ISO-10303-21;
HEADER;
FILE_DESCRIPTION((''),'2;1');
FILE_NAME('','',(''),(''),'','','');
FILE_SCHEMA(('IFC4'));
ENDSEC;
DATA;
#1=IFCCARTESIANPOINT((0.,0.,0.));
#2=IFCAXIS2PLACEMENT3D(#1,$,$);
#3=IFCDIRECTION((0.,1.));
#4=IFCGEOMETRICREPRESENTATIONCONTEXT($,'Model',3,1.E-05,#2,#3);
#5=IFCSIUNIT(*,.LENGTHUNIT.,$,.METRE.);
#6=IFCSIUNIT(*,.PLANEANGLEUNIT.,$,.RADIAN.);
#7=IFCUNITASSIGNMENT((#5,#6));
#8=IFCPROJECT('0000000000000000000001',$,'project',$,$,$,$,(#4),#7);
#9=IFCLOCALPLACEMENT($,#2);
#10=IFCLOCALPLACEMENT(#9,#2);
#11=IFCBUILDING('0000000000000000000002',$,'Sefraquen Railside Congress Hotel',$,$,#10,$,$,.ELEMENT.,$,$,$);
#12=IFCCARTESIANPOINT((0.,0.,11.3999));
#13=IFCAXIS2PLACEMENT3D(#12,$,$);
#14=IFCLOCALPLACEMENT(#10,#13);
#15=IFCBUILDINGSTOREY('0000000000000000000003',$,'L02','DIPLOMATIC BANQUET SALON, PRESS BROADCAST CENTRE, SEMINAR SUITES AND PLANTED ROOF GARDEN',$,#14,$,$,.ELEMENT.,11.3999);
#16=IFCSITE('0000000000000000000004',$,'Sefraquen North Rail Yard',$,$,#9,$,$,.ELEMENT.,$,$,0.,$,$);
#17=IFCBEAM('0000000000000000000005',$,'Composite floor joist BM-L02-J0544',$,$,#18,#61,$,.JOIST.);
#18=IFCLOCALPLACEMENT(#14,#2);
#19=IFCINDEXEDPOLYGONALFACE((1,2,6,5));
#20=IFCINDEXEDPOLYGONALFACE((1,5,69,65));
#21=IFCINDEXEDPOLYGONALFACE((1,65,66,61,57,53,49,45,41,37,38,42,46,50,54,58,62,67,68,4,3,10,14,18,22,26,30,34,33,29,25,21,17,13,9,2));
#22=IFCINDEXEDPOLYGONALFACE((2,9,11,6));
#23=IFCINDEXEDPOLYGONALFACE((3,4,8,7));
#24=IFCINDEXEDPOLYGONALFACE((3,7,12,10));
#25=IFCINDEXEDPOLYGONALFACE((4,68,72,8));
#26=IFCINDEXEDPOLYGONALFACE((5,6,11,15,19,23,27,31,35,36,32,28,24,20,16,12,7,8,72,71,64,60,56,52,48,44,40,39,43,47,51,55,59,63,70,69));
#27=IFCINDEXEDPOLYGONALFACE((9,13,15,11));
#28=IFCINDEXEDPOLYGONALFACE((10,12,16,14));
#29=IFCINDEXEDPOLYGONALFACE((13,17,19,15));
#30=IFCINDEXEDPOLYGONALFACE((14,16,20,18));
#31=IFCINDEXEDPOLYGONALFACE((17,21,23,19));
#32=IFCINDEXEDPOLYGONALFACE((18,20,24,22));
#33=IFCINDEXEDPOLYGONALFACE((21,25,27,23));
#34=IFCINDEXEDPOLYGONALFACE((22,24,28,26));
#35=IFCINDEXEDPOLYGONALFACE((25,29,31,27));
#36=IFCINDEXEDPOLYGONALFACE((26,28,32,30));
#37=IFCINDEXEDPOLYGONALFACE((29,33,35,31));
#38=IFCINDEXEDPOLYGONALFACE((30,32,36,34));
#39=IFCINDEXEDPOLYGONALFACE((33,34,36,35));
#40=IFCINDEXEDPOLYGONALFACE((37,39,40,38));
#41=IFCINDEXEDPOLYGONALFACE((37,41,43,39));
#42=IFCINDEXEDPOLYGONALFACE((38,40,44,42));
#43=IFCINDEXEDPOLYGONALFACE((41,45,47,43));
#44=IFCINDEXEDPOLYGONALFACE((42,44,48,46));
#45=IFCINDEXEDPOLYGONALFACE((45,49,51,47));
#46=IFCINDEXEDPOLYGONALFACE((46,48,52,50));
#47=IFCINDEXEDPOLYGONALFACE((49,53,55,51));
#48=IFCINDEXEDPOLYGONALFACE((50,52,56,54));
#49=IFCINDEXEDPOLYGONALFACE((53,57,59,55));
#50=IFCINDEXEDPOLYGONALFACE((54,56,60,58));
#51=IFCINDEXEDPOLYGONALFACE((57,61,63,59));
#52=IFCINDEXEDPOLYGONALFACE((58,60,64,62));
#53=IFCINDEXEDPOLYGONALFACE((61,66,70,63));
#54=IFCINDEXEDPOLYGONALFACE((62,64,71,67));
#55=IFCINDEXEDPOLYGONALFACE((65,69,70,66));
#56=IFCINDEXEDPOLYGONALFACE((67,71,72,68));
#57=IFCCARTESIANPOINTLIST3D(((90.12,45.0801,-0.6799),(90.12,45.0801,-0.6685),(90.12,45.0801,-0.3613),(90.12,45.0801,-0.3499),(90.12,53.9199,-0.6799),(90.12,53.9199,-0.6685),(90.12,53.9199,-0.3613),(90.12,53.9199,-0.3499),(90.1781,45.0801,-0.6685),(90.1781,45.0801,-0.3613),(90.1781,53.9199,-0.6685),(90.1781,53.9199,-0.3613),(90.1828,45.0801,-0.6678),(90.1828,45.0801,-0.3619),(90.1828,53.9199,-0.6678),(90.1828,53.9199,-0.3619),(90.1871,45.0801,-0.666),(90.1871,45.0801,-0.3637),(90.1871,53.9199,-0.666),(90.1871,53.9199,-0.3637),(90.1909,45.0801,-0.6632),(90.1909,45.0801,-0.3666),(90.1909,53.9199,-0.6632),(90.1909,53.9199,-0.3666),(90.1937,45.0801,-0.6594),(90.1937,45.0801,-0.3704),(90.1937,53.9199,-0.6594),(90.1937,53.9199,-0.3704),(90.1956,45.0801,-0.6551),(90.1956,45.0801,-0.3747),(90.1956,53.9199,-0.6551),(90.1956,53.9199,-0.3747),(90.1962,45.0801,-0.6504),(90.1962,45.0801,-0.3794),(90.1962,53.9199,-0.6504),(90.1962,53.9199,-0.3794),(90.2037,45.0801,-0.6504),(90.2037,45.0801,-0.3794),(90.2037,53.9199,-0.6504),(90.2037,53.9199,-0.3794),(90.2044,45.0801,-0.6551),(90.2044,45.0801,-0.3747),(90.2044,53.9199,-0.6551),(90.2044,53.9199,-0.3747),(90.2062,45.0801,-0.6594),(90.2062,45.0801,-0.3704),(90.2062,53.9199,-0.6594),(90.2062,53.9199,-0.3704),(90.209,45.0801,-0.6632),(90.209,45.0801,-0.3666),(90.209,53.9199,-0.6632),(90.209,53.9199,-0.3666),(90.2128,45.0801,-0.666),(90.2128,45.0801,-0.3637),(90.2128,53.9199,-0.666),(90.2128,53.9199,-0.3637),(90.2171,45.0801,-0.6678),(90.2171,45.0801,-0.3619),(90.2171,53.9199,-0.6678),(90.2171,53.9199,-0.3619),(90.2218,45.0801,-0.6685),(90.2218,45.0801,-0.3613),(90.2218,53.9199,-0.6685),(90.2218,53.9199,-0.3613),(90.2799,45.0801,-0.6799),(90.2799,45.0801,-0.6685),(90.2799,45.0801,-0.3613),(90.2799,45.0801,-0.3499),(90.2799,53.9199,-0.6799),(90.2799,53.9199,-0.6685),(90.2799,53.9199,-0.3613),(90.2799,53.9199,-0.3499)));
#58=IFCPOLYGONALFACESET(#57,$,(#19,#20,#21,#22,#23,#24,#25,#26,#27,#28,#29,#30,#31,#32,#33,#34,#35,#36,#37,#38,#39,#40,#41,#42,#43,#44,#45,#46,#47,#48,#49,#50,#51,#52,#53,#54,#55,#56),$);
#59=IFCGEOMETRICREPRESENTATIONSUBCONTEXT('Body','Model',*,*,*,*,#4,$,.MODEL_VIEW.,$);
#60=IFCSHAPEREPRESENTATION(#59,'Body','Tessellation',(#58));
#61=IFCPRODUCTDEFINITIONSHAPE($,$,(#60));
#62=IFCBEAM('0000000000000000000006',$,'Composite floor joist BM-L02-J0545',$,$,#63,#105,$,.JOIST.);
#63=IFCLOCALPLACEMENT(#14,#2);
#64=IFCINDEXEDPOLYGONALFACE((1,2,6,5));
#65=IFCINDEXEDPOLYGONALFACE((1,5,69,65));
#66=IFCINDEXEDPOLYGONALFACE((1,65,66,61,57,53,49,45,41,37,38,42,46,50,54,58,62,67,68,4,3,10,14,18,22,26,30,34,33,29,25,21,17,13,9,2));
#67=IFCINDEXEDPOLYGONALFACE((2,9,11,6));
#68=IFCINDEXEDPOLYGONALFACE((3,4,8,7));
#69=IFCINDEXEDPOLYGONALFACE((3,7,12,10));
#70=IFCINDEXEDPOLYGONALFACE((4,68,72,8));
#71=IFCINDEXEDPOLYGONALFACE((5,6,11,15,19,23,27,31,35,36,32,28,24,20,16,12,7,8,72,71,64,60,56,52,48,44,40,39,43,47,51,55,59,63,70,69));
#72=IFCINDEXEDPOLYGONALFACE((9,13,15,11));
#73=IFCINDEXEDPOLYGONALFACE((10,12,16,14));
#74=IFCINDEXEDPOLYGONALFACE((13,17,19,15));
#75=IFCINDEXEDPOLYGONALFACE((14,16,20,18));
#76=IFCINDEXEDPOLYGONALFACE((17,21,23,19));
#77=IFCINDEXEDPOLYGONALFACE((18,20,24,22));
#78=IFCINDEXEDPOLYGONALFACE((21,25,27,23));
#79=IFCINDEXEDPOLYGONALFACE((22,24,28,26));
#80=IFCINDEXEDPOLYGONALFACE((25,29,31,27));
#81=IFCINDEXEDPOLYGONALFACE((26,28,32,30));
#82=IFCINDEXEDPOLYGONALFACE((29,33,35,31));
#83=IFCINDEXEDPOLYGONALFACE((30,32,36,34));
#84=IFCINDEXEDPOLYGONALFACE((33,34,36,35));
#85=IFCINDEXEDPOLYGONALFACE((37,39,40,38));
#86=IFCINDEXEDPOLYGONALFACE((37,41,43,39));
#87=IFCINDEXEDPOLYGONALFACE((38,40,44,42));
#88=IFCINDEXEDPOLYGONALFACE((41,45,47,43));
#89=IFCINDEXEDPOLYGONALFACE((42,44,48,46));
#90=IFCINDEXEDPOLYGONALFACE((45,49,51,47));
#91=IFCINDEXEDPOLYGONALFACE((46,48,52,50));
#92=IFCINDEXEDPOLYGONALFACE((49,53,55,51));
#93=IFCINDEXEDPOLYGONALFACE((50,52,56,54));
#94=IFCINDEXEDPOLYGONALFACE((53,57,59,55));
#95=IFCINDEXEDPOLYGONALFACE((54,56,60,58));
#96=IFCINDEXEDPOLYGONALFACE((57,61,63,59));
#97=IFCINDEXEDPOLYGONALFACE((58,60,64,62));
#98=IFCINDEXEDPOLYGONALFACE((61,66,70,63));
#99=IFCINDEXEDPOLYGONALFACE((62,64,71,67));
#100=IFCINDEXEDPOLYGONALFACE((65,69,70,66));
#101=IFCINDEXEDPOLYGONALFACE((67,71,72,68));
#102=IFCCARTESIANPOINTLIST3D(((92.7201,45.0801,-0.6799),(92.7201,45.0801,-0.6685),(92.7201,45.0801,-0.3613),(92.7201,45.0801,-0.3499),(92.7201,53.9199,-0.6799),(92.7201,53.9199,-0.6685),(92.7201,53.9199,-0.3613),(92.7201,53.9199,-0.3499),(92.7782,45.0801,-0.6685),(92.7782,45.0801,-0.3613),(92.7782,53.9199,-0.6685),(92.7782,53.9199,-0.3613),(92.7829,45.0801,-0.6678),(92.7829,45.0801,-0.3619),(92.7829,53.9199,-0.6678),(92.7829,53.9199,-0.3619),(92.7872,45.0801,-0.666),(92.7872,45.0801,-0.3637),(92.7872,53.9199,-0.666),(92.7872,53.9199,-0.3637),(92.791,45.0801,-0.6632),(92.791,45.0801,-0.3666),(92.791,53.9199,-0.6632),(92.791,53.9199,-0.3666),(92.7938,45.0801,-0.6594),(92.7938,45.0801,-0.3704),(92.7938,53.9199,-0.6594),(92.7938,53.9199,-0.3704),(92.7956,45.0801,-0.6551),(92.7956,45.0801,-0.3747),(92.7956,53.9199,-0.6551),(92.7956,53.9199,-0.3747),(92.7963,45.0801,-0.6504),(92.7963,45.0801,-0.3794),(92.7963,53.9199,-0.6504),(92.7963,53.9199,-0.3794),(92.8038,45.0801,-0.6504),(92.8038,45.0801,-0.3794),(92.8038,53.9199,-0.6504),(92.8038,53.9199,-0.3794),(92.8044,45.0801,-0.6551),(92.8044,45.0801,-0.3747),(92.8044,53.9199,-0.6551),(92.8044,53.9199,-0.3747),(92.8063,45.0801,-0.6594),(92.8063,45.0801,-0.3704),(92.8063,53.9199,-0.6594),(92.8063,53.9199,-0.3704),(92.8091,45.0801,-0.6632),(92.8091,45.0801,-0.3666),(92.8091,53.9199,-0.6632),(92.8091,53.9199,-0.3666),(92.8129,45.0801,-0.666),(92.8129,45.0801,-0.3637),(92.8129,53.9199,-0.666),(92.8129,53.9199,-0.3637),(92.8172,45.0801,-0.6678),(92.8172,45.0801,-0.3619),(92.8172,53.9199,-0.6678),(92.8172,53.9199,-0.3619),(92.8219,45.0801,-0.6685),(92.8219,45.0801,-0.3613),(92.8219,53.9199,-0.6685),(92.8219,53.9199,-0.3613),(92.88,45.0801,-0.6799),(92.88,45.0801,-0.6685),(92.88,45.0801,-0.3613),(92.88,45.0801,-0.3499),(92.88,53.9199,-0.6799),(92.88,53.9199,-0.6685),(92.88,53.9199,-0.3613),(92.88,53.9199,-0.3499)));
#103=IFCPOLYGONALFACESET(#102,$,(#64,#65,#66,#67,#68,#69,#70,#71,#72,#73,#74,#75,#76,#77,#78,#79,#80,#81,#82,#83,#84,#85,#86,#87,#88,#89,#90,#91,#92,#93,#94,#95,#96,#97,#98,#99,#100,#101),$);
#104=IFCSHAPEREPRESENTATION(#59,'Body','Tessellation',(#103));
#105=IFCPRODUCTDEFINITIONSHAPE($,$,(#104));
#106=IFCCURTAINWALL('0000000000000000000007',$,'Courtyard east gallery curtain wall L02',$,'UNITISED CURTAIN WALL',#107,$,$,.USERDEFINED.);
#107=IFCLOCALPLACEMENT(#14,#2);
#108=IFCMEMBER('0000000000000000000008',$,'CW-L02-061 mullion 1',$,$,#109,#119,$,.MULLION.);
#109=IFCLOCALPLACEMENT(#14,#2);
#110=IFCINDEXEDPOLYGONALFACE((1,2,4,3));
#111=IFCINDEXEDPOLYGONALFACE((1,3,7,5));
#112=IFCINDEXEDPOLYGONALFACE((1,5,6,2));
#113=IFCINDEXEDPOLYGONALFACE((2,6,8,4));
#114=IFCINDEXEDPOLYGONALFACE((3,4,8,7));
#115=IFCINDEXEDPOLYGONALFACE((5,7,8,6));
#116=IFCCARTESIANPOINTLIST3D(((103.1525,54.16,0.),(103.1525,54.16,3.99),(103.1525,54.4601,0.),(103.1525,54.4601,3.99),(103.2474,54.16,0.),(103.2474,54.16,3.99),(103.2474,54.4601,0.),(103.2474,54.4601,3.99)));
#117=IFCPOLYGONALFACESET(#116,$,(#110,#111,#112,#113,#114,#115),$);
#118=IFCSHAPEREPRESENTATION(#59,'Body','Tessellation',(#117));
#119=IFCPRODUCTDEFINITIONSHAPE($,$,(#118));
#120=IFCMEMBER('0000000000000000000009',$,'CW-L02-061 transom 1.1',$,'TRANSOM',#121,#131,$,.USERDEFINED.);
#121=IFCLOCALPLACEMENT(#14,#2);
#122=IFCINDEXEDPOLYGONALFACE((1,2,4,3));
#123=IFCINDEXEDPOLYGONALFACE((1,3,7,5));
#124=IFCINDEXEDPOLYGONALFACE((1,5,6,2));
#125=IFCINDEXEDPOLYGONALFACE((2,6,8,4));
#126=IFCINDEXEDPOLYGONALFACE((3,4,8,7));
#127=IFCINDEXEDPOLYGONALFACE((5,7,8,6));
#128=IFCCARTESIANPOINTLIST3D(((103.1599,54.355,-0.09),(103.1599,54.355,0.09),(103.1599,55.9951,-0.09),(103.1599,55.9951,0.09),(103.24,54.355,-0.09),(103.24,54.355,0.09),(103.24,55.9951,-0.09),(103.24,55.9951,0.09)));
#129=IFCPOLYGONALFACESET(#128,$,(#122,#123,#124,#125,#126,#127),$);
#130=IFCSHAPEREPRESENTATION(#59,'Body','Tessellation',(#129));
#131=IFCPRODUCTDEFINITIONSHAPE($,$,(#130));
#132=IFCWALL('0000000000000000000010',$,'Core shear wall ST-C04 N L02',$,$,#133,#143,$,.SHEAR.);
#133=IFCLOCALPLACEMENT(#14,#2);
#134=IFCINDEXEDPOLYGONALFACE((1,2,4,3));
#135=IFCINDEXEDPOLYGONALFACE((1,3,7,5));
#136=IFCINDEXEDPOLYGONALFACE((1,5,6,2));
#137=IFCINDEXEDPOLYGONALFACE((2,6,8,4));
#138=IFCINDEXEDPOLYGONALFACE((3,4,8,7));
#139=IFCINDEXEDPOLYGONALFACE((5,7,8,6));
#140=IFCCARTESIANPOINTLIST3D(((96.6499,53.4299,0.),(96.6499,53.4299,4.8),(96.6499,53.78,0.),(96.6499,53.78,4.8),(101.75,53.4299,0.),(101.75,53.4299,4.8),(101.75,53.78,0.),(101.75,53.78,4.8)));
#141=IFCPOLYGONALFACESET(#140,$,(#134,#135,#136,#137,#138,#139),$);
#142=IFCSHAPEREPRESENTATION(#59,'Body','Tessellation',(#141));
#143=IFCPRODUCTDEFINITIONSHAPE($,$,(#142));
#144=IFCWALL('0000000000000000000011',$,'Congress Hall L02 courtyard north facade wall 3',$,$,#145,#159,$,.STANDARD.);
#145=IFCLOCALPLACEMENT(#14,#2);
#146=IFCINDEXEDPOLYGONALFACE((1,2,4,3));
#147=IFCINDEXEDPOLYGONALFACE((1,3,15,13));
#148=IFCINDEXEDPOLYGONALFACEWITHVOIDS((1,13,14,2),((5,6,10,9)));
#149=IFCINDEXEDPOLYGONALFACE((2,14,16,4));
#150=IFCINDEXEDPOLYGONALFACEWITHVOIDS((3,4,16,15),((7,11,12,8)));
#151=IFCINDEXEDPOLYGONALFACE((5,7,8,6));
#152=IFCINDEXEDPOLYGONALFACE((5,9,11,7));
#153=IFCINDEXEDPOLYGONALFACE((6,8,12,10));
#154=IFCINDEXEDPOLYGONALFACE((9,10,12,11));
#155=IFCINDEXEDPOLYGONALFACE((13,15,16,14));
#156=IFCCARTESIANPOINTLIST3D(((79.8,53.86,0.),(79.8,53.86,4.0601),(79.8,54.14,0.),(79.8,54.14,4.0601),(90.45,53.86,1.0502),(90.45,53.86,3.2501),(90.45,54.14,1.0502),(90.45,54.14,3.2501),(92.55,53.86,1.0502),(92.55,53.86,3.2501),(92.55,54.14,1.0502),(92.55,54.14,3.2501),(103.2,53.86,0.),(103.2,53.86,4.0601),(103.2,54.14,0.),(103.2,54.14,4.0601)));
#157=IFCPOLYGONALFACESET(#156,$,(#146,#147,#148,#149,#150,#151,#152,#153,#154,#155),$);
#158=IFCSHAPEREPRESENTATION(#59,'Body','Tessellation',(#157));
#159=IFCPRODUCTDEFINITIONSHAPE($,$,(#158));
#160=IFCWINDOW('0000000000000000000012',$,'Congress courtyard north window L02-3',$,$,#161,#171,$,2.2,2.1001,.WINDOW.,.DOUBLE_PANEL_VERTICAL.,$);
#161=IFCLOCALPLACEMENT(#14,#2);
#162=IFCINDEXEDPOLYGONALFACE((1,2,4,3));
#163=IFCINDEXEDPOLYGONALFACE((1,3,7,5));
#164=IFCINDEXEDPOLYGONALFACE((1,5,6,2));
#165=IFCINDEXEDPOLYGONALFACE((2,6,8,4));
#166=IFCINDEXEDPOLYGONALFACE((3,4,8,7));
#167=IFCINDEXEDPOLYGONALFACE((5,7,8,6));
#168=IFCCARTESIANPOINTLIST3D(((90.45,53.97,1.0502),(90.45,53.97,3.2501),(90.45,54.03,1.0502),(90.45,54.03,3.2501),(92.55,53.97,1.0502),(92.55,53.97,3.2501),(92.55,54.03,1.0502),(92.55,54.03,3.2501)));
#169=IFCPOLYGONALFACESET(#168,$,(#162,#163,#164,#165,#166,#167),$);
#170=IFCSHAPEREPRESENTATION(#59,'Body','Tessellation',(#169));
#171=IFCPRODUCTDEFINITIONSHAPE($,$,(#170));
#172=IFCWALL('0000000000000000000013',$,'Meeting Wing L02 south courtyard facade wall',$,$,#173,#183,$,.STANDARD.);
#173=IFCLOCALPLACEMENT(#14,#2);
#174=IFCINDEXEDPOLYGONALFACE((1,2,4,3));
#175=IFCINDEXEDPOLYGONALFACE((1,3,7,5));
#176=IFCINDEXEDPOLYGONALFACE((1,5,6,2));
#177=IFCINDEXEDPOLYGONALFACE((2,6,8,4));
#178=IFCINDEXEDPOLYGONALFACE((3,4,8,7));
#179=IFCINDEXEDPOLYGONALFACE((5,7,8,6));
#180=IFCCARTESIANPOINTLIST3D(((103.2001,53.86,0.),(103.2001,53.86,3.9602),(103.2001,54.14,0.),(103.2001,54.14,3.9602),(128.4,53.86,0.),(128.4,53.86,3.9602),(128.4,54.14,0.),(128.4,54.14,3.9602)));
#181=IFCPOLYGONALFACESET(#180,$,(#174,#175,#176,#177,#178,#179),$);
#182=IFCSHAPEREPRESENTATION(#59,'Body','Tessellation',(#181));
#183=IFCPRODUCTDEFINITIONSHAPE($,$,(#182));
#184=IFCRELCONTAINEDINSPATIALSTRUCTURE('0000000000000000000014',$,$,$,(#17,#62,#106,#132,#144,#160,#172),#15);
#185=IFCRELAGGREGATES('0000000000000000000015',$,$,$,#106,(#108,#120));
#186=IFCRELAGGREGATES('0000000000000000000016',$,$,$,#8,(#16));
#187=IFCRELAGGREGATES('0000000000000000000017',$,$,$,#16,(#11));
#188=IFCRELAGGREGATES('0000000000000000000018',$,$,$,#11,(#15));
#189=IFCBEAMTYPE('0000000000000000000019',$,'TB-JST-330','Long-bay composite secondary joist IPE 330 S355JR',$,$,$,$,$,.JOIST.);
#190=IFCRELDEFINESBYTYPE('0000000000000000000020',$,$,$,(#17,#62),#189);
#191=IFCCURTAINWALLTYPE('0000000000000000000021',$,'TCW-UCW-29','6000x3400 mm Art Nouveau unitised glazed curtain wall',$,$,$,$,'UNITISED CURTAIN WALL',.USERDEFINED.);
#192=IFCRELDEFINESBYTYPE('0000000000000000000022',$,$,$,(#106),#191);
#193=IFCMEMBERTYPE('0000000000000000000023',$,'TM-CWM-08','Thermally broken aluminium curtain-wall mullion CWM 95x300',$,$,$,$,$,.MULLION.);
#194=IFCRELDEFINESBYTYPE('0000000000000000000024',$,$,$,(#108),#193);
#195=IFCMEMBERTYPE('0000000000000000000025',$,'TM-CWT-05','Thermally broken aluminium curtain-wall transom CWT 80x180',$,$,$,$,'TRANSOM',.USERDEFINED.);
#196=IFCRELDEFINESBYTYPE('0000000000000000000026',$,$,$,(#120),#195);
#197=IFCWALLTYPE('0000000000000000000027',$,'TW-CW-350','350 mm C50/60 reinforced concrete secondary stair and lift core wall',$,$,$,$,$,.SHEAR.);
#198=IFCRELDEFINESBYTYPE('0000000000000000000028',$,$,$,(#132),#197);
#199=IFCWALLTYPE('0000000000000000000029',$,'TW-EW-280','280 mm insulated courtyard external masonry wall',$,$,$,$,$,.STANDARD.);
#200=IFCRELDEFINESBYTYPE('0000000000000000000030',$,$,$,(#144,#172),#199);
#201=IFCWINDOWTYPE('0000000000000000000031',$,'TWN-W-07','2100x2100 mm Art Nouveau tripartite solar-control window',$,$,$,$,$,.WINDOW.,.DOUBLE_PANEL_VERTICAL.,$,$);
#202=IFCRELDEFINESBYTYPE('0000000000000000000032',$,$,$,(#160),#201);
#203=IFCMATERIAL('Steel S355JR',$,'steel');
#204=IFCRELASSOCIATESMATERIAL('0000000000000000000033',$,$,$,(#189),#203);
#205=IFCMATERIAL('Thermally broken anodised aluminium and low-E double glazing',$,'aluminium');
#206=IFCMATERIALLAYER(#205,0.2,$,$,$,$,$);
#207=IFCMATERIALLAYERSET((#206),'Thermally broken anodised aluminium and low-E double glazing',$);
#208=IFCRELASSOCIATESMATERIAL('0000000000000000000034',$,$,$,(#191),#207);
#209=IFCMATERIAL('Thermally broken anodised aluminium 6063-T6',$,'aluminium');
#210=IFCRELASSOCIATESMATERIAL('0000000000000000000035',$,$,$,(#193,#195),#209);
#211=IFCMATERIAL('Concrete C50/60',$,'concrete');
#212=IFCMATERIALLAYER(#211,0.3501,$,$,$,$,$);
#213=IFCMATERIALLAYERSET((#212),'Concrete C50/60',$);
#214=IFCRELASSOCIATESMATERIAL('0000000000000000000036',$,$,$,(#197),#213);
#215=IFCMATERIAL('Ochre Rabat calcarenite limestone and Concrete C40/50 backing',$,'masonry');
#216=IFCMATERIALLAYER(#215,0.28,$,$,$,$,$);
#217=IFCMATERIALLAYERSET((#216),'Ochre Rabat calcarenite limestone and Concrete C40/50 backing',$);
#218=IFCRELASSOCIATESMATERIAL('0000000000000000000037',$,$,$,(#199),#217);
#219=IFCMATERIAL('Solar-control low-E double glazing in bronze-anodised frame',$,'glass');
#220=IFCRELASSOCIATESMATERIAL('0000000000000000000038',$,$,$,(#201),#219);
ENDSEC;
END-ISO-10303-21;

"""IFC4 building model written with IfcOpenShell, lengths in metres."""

from ifc_helpers import new_model, si_unit, direction, frame, frame_2d, origin, origin_2d, place, context, subcontext, project, spatial, rectangle, i_section, extrude, material, layer, layer_set, material_profile, profile_set, type_object, element, fill, aggregate, save


model = new_model("IFC4")

# Units and contexts
model_context = context("Model", 3, precision=1e-05, world=origin(), true_north=direction((0.0, 1.0)))
body_context = subcontext(model_context, "Body", "Model", "MODEL_VIEW")
ifc_project = project(units=[si_unit("LENGTHUNIT", "METRE"), si_unit("PLANEANGLEUNIT", "RADIAN")], contexts=[model_context])

# Site, building, storey
site_placement = place(None, origin())
site = spatial("IfcSite", under=ifc_project, at=site_placement, Name="Sefraquen North Rail Yard", CompositionType="ELEMENT", RefElevation=0.0)
building_placement = place(site_placement, origin())
building = spatial("IfcBuilding", under=site, at=building_placement, Name="Sefraquen Railside Congress Hotel", CompositionType="ELEMENT")
storey_placement = place(building_placement, frame((0.0, 0.0, 11.3999)))
storey = spatial("IfcBuildingStorey", under=building, at=storey_placement, Name="L02", Description="DIPLOMATIC BANQUET SALON, PRESS BROADCAST CENTRE, SEMINAR SUITES AND PLANTED ROOF GARDEN", CompositionType="ELEMENT", Elevation=11.3999)

# Shared definitions
ifc_material_1 = material(Name="Steel S355JR", Category="steel")

# Beams
ifc_material_profile_1 = material_profile(ifc_material_1, i_section(OverallWidth=0.1599, OverallDepth=0.3301, WebThickness=0.0076, FlangeThickness=0.0115, FilletRadius=0.0181, at=origin_2d()), Name="IPE 330")
ifc_profile_set_1 = profile_set([ifc_material_profile_1], Name="Steel S355JR")
beam_type_1 = type_object("IfcBeamType", Name="TB-JST-330", Description="Long-bay composite secondary joist IPE 330 S355JR", PredefinedType="JOIST", material=ifc_profile_set_1)
for number, where, z_axis, x_axis, name in (
    (1, (90.2, 45.0801, -0.5149), (0.0, 1.0, 0.0), (-1.0, 0.0, 0.0), "Composite floor joist BM-L02-J0544"),
    (2, (92.8, 45.0801, -0.5149), (0.0, 1.0, 0.0), (-1.0, 0.0, 0.0), "Composite floor joist BM-L02-J0545"),
):
    element("IfcBeam", number, at=place(storey_placement, frame(where, z_axis=z_axis, x_axis=x_axis)), inside=storey, type_object=beam_type_1, Name=name, PredefinedType="JOIST", context=body_context, shape_type="SweptSolid", body=[
        extrude(i_section(OverallWidth=0.1599, OverallDepth=0.3301, WebThickness=0.0076, FlangeThickness=0.0115, FilletRadius=0.0181, at=origin_2d()), origin(), (0.0, 0.0, 1.0), 8.8398),
    ])

# Curtain wall, members
ifc_material_2 = material(Name="Thermally broken anodised aluminium and low-E double glazing", Category="aluminium")
ifc_layer_1 = layer(ifc_material_2, 0.2)
ifc_layer_set_1 = layer_set([ifc_layer_1], Name="Thermally broken anodised aluminium and low-E double glazing")
curtain_wall_type = type_object("IfcCurtainWallType", Name="TCW-UCW-29", Description="6000x3400 mm Art Nouveau unitised glazed curtain wall", ElementType="UNITISED CURTAIN WALL", PredefinedType="USERDEFINED", material=ifc_layer_set_1)
curtain_wall_placement = place(storey_placement, origin())
curtain_wall = element("IfcCurtainWall", 3, at=curtain_wall_placement, inside=storey, type_object=curtain_wall_type, Name="Courtyard east gallery curtain wall L02", ObjectType="UNITISED CURTAIN WALL", PredefinedType="USERDEFINED")
ifc_material_3 = material(Name="Thermally broken anodised aluminium 6063-T6", Category="aluminium")
ifc_material_profile_2 = material_profile(ifc_material_3, rectangle(XDim=0.095, YDim=0.3, at=origin_2d()), Name="CWM 95x300")
ifc_profile_set_2 = profile_set([ifc_material_profile_2], Name="Thermally broken anodised aluminium 6063-T6")
member_type_1 = type_object("IfcMemberType", Name="TM-CWM-08", Description="Thermally broken aluminium curtain-wall mullion CWM 95x300", PredefinedType="MULLION", material=ifc_profile_set_2)
member_1_placement = place(storey_placement, frame((103.2, 54.3101, 0.0), z_axis=(0.0, 0.0, 1.0), x_axis=(1.0, 0.0, 0.0)))
member_1 = element("IfcMember", 4, at=member_1_placement, type_object=member_type_1, Name="CW-L02-061 mullion 1", PredefinedType="MULLION", context=body_context, shape_type="SweptSolid", body=[
    extrude(rectangle(XDim=0.095, YDim=0.3, at=origin_2d()), origin(), (0.0, 0.0, 1.0), 3.99),
])
ifc_material_profile_3 = material_profile(ifc_material_3, rectangle(XDim=0.0801, YDim=0.1799, at=origin_2d()), Name="CWT 80x180")
ifc_profile_set_3 = profile_set([ifc_material_profile_3], Name="Thermally broken anodised aluminium 6063-T6")
member_type_2 = type_object("IfcMemberType", Name="TM-CWT-05", Description="Thermally broken aluminium curtain-wall transom CWT 80x180", ElementType="TRANSOM", PredefinedType="USERDEFINED", material=ifc_profile_set_3)
member_2_placement = place(storey_placement, frame((103.2, 54.355, 0.0), z_axis=(0.0, 1.0, 0.0), x_axis=(-1.0, 0.0, 0.0)))
member_2 = element("IfcMember", 5, at=member_2_placement, type_object=member_type_2, Name="CW-L02-061 transom 1.1", ObjectType="TRANSOM", PredefinedType="USERDEFINED", context=body_context, shape_type="SweptSolid", body=[
    extrude(rectangle(XDim=0.0801, YDim=0.1799, at=origin_2d()), origin(), (0.0, 0.0, 1.0), 1.6401),
])
aggregate(curtain_wall, [member_1, member_2])

# Wall
ifc_material_4 = material(Name="Concrete C50/60", Category="concrete")
ifc_layer_2 = layer(ifc_material_4, 0.3501)
ifc_layer_set_2 = layer_set([ifc_layer_2], Name="Concrete C50/60")
wall_type_1 = type_object("IfcWallType", Name="TW-CW-350", Description="350 mm C50/60 reinforced concrete secondary stair and lift core wall", PredefinedType="SHEAR", material=ifc_layer_set_2)
wall_1_placement = place(storey_placement, frame((96.6499, 53.605, 0.0), z_axis=(0.0, 0.0, 1.0), x_axis=(1.0, 0.0, 0.0)))
element("IfcWall", 6, at=wall_1_placement, inside=storey, type_object=wall_type_1, Name="Core shear wall ST-C04 N L02", PredefinedType="SHEAR", context=body_context, shape_type="SweptSolid", body=[
    extrude(rectangle(XDim=5.1001, YDim=0.3501, at=frame_2d((2.55, 0.0))), origin(), (0.0, 0.0, 1.0), 4.8),
])

# Wall, opening, window
ifc_material_5 = material(Name="Ochre Rabat calcarenite limestone and Concrete C40/50 backing", Category="masonry")
ifc_layer_3 = layer(ifc_material_5, 0.28)
ifc_layer_set_3 = layer_set([ifc_layer_3], Name="Ochre Rabat calcarenite limestone and Concrete C40/50 backing")
wall_type_2 = type_object("IfcWallType", Name="TW-EW-280", Description="280 mm insulated courtyard external masonry wall", PredefinedType="STANDARD", material=ifc_layer_set_3)
wall_2_placement = place(storey_placement, frame((79.8, 54.0, 0.0), z_axis=(0.0, 0.0, 1.0), x_axis=(1.0, 0.0, 0.0)))
wall_2 = element("IfcWall", 7, at=wall_2_placement, inside=storey, type_object=wall_type_2, Name="Congress Hall L02 courtyard north facade wall 3", PredefinedType="STANDARD", context=body_context, shape_type="SweptSolid", body=[
    extrude(rectangle(XDim=23.3999, YDim=0.28, at=frame_2d((11.7, 0.0))), origin(), (0.0, 0.0, 1.0), 4.0601),
])
opening_1_placement = place(wall_2_placement, frame((10.6499, 0.0, 1.05)))
opening_1 = element("IfcOpeningElement", 8, at=opening_1_placement, cuts=wall_2, PredefinedType="OPENING", context=body_context, shape_type="SweptSolid", body=[
    extrude(rectangle(XDim=2.1001, YDim=2.2, at=frame_2d((1.05, 1.1001))), frame((0.0, 0.1499, 0.0), z_axis=(0.0, -1.0, 0.0), x_axis=(1.0, 0.0, 0.0)), (0.0, 0.0, 1.0), 0.3),
])
ifc_material_6 = material(Name="Solar-control low-E double glazing in bronze-anodised frame", Category="glass")
window_type = type_object("IfcWindowType", Name="TWN-W-07", Description="2100x2100 mm Art Nouveau tripartite solar-control window", PartitioningType="DOUBLE_PANEL_VERTICAL", PredefinedType="WINDOW", material=ifc_material_6)
window_placement = place(opening_1_placement, origin())
window = element("IfcWindow", 9, at=window_placement, inside=storey, type_object=window_type, Name="Congress courtyard north window L02-3", OverallHeight=2.2, OverallWidth=2.1001, PartitioningType="DOUBLE_PANEL_VERTICAL", PredefinedType="WINDOW", context=body_context, shape_type="SweptSolid", body=[
    extrude(rectangle(XDim=2.1001, YDim=2.2, at=frame_2d((1.05, 1.1001))), frame((0.0, 0.03, 0.0), z_axis=(0.0, -1.0, 0.0), x_axis=(1.0, 0.0, 0.0)), (0.0, 0.0, 1.0), 0.0601),
])
fill(opening_1, window)

# Wall
wall_3_placement = place(storey_placement, frame((103.2, 54.0, 0.0), z_axis=(0.0, 0.0, 1.0), x_axis=(1.0, 0.0, 0.0)))
element("IfcWall", 10, at=wall_3_placement, inside=storey, type_object=wall_type_2, Name="Meeting Wing L02 south courtyard facade wall", PredefinedType="STANDARD", context=body_context, shape_type="SweptSolid", body=[
    extrude(rectangle(XDim=25.2, YDim=0.28, at=frame_2d((12.6001, 0.0))), origin(), (0.0, 0.0, 1.0), 3.9602),
])

save(model, "model.ifc")
